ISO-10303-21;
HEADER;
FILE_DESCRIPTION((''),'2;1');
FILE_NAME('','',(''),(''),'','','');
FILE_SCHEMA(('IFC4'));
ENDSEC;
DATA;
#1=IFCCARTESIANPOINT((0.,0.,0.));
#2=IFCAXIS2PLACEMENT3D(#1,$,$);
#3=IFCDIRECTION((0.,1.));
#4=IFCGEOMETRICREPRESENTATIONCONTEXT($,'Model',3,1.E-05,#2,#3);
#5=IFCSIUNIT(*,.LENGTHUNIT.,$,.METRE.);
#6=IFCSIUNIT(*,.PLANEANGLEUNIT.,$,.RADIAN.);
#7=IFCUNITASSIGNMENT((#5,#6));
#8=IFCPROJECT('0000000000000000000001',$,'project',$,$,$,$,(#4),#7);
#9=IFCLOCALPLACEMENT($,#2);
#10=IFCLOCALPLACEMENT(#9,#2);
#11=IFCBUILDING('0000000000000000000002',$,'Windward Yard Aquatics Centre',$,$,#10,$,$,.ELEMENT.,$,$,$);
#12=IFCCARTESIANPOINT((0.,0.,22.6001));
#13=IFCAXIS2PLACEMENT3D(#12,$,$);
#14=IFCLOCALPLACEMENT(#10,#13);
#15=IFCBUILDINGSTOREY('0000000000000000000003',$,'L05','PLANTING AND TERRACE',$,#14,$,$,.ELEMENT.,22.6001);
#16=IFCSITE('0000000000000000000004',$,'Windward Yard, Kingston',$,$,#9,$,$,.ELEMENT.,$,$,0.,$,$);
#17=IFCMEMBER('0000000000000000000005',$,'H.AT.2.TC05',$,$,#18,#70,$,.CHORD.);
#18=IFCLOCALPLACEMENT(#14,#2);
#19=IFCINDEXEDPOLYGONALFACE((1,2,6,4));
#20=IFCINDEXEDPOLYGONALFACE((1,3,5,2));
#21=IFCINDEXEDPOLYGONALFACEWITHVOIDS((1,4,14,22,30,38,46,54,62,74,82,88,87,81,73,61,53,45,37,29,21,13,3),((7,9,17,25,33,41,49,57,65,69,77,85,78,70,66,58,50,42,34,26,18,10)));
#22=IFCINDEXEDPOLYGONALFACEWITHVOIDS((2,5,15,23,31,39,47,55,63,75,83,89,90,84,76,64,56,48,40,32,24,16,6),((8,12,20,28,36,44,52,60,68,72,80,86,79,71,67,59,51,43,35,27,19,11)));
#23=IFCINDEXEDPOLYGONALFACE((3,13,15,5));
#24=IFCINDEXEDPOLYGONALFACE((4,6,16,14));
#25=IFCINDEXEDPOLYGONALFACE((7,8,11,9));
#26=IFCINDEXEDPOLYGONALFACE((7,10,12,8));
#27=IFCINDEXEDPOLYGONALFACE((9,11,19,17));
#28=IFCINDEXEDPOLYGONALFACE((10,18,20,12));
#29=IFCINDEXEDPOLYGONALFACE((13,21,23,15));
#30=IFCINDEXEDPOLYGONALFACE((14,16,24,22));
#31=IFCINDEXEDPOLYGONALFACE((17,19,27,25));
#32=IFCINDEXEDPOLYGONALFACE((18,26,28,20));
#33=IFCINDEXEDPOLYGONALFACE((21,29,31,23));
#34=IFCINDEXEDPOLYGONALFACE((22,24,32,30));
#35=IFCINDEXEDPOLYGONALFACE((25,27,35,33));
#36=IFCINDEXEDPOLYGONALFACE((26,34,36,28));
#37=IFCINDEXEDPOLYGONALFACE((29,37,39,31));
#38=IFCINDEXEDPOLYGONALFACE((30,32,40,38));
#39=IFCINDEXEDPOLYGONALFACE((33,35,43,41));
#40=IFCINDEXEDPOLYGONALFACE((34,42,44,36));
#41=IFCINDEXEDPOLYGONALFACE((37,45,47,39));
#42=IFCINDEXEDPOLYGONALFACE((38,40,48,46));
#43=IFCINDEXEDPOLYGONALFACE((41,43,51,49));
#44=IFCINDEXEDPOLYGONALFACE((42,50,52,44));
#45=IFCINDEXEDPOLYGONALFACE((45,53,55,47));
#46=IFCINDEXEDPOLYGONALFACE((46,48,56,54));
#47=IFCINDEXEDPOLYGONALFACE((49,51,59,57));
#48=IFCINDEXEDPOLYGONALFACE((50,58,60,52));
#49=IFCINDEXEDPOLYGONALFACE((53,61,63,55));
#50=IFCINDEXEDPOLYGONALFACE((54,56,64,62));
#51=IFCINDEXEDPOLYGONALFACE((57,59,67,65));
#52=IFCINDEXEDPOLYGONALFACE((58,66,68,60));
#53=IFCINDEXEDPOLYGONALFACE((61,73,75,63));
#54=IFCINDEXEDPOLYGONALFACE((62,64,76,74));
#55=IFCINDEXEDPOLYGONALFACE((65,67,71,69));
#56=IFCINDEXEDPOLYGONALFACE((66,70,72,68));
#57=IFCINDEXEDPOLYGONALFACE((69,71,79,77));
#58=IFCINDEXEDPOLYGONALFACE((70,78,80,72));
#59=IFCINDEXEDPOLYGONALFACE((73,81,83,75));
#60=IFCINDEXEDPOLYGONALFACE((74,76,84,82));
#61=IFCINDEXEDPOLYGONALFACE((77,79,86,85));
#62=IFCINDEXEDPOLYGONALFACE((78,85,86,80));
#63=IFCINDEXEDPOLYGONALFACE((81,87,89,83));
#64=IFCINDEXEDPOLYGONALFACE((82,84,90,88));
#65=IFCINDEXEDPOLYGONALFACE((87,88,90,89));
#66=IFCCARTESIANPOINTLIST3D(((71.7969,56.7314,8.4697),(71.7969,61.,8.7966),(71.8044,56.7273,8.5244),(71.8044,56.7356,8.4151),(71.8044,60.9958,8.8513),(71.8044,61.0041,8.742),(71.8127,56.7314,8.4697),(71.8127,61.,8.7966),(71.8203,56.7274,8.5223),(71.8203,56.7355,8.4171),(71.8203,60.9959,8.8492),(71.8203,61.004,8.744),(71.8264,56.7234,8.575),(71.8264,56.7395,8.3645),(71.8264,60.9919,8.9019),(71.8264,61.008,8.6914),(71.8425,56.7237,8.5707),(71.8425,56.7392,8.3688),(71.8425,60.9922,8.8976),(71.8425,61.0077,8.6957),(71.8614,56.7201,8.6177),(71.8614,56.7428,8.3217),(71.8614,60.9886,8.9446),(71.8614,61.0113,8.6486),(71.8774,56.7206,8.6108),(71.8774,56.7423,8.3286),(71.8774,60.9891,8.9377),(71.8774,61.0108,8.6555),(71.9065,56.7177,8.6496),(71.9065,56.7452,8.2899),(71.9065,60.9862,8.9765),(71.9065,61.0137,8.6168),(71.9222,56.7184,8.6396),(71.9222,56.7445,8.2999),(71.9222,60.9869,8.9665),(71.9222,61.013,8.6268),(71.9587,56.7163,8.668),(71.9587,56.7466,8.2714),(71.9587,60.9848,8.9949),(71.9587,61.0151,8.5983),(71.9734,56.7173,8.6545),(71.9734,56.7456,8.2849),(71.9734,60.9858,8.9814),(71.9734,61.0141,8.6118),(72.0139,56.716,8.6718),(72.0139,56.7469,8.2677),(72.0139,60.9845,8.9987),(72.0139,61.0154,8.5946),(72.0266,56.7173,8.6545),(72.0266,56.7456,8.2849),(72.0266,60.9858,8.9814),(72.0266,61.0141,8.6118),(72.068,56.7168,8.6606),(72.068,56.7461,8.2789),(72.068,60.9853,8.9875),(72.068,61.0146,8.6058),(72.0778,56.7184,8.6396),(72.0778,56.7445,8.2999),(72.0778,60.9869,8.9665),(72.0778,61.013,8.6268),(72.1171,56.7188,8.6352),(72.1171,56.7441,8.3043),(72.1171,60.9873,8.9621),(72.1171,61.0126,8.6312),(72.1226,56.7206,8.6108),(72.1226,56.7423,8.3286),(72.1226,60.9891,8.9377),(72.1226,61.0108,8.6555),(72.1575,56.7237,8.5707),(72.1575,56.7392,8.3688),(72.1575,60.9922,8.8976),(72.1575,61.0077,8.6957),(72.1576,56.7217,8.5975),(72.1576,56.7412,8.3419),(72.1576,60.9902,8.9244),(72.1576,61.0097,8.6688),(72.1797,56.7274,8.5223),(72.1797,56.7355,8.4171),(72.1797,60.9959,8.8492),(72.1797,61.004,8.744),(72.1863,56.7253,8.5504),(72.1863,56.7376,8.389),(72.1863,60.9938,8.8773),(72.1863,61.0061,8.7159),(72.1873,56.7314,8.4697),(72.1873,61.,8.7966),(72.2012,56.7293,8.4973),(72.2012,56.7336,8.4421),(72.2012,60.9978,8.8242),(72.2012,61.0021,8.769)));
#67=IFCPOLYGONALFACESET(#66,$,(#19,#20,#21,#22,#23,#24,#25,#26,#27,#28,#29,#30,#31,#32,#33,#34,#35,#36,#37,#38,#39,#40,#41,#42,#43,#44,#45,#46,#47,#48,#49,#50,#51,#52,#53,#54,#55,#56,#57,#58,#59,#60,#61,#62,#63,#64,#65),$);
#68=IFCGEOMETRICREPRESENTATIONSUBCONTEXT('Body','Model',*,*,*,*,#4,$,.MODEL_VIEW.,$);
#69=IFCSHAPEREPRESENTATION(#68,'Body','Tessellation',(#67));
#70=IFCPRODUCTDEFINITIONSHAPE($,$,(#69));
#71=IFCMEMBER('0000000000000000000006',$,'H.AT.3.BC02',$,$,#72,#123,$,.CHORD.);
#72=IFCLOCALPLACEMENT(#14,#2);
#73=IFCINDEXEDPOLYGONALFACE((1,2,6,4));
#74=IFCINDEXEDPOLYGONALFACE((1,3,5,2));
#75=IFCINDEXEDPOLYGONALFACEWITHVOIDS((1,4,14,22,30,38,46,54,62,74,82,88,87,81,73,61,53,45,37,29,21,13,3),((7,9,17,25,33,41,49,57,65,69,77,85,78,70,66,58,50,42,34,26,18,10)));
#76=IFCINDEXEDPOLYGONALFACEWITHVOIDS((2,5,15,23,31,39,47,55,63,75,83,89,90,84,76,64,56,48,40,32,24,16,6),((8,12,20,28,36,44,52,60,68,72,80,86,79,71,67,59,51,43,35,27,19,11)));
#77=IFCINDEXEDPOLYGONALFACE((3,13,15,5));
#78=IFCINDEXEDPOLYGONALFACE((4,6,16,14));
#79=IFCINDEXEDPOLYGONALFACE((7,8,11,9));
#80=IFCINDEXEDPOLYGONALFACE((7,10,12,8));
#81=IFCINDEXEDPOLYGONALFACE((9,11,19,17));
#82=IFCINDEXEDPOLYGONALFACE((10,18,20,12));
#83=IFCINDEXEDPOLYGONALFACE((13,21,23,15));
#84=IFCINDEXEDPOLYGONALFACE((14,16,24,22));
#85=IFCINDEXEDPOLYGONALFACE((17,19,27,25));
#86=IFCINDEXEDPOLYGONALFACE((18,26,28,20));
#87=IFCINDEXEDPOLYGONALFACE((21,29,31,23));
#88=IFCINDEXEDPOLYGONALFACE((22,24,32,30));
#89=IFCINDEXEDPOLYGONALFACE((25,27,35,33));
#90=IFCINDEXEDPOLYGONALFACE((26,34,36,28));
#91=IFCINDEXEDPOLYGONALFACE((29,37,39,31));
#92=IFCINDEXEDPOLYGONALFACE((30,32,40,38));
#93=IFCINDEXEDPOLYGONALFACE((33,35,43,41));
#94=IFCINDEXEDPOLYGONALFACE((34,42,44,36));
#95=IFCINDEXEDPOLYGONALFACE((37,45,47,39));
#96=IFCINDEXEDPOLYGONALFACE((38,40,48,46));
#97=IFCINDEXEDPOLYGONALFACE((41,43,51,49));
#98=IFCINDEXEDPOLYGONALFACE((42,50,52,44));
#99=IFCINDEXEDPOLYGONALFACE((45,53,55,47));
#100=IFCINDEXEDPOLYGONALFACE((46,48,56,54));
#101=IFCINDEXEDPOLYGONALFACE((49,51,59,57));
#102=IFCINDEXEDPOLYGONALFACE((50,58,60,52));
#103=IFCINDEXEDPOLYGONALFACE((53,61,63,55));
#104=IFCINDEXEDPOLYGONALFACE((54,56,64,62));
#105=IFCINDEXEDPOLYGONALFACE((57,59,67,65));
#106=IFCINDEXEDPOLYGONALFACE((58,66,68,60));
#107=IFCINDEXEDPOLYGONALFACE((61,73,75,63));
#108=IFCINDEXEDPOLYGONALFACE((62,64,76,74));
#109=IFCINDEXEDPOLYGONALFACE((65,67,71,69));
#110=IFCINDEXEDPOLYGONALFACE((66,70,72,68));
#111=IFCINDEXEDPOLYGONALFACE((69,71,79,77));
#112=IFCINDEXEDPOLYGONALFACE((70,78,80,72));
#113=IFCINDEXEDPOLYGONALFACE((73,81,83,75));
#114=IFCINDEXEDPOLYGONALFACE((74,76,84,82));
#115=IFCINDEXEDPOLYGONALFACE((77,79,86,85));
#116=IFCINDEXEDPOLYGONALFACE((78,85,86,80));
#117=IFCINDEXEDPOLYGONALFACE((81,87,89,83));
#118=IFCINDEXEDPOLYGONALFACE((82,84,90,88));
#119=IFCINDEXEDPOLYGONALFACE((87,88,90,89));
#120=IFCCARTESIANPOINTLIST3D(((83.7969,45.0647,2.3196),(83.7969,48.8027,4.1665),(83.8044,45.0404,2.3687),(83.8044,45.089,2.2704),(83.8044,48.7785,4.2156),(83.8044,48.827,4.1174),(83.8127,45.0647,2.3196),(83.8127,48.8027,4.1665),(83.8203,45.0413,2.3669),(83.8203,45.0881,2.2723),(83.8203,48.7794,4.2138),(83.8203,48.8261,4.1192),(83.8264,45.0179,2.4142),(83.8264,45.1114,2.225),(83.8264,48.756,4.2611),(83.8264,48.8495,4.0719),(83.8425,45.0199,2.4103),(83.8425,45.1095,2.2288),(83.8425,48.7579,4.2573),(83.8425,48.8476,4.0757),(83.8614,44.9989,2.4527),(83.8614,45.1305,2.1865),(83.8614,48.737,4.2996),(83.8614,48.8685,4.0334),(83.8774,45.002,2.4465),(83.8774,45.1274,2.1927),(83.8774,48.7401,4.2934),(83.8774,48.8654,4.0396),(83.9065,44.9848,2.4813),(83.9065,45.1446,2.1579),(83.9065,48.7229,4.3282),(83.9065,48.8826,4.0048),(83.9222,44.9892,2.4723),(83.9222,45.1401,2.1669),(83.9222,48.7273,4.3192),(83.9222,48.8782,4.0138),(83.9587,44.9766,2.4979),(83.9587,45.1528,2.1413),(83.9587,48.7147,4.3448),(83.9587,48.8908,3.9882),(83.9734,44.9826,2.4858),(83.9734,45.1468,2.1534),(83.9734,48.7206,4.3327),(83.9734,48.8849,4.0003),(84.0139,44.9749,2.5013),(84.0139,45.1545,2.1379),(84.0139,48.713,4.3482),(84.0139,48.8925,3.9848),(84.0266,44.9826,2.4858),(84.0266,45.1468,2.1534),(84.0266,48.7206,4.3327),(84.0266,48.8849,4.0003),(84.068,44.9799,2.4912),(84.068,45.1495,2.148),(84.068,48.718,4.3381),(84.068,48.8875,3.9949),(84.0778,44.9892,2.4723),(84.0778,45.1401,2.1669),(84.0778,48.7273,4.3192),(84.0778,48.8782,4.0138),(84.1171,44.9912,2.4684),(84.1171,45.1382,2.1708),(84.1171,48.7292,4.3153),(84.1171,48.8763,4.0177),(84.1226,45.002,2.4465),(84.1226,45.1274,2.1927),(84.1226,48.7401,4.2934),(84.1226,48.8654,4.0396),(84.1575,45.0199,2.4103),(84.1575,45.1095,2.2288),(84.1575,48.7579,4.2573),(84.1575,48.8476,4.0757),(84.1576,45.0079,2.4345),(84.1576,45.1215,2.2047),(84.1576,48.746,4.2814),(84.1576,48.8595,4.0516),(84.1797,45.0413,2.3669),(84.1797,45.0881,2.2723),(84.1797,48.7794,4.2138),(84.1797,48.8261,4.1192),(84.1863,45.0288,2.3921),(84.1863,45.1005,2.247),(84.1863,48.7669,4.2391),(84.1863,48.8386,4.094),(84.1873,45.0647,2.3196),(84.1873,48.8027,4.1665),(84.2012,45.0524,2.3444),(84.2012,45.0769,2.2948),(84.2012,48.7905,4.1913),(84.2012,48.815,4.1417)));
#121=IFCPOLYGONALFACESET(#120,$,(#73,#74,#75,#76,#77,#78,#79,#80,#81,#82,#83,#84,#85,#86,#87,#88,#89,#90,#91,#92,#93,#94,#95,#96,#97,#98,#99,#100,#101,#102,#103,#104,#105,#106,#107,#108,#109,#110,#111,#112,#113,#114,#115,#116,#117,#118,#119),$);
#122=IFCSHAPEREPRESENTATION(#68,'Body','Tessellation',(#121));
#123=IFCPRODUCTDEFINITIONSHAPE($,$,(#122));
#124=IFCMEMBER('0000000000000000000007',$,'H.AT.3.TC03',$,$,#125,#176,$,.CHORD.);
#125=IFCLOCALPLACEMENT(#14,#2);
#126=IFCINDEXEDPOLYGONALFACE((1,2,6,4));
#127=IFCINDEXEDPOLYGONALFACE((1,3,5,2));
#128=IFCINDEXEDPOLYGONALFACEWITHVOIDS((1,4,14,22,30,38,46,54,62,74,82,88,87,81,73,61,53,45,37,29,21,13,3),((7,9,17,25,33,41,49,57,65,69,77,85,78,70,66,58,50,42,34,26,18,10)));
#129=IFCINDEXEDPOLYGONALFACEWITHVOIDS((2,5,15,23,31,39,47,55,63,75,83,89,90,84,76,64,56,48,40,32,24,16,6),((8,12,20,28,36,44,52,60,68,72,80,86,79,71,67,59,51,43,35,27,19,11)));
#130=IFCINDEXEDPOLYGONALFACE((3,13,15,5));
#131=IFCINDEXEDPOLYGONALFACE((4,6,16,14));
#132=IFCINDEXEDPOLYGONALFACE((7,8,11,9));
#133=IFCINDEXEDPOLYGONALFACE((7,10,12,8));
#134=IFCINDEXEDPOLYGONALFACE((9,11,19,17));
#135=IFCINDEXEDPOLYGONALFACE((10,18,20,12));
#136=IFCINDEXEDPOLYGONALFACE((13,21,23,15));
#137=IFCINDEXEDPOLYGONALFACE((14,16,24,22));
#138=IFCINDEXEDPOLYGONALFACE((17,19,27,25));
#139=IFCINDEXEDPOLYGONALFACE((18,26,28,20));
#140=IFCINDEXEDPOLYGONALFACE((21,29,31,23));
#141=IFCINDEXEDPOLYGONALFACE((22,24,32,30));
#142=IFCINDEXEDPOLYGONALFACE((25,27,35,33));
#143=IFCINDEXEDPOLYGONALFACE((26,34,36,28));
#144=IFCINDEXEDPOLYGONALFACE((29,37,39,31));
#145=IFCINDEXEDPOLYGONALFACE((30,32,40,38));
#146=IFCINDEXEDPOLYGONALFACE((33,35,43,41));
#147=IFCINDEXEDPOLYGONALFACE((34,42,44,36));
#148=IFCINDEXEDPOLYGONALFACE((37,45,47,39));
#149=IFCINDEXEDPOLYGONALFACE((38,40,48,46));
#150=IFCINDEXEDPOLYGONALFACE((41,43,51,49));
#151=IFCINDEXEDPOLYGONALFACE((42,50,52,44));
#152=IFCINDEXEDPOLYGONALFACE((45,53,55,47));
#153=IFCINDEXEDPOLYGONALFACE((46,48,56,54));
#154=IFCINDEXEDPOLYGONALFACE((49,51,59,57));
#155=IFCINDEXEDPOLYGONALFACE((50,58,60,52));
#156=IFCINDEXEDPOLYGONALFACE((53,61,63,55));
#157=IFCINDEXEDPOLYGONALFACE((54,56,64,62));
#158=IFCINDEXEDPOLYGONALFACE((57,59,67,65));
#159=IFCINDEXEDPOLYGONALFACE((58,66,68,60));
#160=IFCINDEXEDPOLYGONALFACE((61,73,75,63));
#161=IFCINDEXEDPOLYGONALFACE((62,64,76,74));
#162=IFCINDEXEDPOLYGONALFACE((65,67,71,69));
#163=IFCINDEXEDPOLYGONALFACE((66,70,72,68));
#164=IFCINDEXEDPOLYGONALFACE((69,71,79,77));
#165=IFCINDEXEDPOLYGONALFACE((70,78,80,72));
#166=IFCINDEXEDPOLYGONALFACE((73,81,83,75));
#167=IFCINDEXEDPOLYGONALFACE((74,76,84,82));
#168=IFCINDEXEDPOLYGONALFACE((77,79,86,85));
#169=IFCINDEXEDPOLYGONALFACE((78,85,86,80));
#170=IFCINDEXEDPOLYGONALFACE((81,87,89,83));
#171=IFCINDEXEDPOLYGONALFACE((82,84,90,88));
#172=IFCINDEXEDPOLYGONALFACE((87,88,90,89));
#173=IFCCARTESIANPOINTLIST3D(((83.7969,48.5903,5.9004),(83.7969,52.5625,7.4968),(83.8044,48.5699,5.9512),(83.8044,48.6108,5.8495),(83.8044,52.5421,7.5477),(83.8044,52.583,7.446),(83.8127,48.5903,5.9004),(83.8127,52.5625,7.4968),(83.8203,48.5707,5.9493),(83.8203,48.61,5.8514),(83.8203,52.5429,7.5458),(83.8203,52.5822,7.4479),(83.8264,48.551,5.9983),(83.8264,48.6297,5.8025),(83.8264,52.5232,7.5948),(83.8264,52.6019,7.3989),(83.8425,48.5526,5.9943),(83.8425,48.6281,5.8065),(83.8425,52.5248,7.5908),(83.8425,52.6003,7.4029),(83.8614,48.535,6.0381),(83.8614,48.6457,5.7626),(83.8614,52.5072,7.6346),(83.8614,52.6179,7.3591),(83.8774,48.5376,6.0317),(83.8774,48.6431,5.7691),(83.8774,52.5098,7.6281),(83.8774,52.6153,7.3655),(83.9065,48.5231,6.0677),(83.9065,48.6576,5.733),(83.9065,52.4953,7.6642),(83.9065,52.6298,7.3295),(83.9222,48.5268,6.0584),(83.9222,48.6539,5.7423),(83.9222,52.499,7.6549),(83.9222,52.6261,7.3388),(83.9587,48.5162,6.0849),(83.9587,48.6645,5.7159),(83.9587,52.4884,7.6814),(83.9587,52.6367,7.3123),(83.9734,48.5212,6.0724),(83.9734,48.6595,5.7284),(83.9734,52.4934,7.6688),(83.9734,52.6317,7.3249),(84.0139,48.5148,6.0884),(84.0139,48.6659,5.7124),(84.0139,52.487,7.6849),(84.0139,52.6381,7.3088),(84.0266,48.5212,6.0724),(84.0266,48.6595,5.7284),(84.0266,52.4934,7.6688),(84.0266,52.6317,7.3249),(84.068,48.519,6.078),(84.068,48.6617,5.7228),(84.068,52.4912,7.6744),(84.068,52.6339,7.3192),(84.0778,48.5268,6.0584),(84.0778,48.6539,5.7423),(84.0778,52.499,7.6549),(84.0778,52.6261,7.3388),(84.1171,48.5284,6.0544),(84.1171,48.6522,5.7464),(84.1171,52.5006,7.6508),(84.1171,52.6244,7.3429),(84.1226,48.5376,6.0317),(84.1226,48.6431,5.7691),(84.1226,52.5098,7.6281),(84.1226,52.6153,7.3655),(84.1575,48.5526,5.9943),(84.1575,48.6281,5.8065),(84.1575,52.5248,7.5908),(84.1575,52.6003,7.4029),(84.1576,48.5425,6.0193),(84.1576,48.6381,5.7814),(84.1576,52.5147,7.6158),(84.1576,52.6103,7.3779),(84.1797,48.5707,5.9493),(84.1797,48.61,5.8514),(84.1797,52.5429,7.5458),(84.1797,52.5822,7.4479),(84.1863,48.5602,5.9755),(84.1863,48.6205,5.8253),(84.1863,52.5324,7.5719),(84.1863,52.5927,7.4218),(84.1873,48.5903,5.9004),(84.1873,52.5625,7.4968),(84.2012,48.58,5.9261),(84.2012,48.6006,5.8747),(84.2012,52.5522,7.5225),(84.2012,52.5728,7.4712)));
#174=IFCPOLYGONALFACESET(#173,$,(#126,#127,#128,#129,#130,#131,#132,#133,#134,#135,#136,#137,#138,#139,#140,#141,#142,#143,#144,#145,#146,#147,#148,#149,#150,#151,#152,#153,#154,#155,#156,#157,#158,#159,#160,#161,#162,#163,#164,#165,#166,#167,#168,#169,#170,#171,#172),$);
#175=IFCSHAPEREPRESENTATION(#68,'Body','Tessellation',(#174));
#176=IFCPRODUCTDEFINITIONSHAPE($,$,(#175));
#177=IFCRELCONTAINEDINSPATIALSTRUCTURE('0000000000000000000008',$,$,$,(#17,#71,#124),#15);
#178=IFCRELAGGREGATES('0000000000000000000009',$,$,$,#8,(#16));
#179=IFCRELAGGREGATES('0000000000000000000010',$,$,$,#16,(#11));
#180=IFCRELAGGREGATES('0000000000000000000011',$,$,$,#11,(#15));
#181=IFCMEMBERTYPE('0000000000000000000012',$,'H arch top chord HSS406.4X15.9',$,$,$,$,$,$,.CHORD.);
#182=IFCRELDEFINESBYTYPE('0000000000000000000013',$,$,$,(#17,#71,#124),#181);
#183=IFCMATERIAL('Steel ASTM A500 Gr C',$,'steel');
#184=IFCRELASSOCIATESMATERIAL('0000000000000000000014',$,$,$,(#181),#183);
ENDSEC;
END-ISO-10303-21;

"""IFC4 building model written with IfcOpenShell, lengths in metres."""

from ifc_helpers import new_model, si_unit, direction, frame, origin, origin_2d, place, context, subcontext, project, spatial, hollow_circle, extrude, material, material_profile, profile_set, type_object, element, save


model = new_model("IFC4")

# Units and contexts
model_context = context("Model", 3, precision=1e-05, world=origin(), true_north=direction((0.0, 1.0)))
body_context = subcontext(model_context, "Body", "Model", "MODEL_VIEW")
ifc_project = project(units=[si_unit("LENGTHUNIT", "METRE"), si_unit("PLANEANGLEUNIT", "RADIAN")], contexts=[model_context])

# Site, building, storey
site_placement = place(None, origin())
site = spatial("IfcSite", under=ifc_project, at=site_placement, Name="Windward Yard, Kingston", CompositionType="ELEMENT", RefElevation=0.0)
building_placement = place(site_placement, origin())
building = spatial("IfcBuilding", under=site, at=building_placement, Name="Windward Yard Aquatics Centre", CompositionType="ELEMENT")
storey_placement = place(building_placement, frame((0.0, 0.0, 22.6001)))
storey = spatial("IfcBuildingStorey", under=building, at=storey_placement, Name="L05", Description="PLANTING AND TERRACE", CompositionType="ELEMENT", Elevation=22.6001)

# Members
ifc_material_1 = material(Name="Steel ASTM A500 Gr C", Category="steel")
ifc_material_profile_1 = material_profile(ifc_material_1, hollow_circle(Radius=0.2031, WallThickness=0.0159, at=origin_2d()), Name="HSS406.4X15.9")
ifc_profile_set_1 = profile_set([ifc_material_profile_1], Name="Steel ASTM A500 Gr C")
member_type_1 = type_object("IfcMemberType", Name="H arch top chord HSS406.4X15.9", PredefinedType="CHORD", material=ifc_profile_set_1)
member_1_placement = place(storey_placement, frame((72.0, 56.7314, 8.4697), z_axis=(0.0, 0.99708, 0.076361), x_axis=(-1.0, 0.0, 0.0)))
element("IfcMember", 1, at=member_1_placement, inside=storey, type_object=member_type_1, Name="H.AT.2.TC05", PredefinedType="CHORD", context=body_context, shape_type="SweptSolid", body=[
    extrude(hollow_circle(Radius=0.2031, WallThickness=0.0159, at=origin_2d()), origin(), (0.0, 0.0, 1.0), 4.281),
])
member_2_placement = place(storey_placement, frame((84.0, 45.0647, 2.3196), z_axis=(0.0, 0.896537, 0.442969), x_axis=(-1.0, 0.0, 0.0)))
element("IfcMember", 2, at=member_2_placement, inside=storey, type_object=member_type_1, Name="H.AT.3.BC02", PredefinedType="CHORD", context=body_context, shape_type="SweptSolid", body=[
    extrude(hollow_circle(Radius=0.2031, WallThickness=0.0159, at=origin_2d()), origin(), (0.0, 0.0, 1.0), 4.1694),
])
member_3_placement = place(storey_placement, frame((84.0, 48.5903, 5.9004), z_axis=(0.0, 0.927866, 0.372914), x_axis=(-1.0, 0.0, 0.0)))
element("IfcMember", 3, at=member_3_placement, inside=storey, type_object=member_type_1, Name="H.AT.3.TC03", PredefinedType="CHORD", context=body_context, shape_type="SweptSolid", body=[
    extrude(hollow_circle(Radius=0.2031, WallThickness=0.0159, at=origin_2d()), origin(), (0.0, 0.0, 1.0), 4.281),
])

save(model, "model.ifc")
